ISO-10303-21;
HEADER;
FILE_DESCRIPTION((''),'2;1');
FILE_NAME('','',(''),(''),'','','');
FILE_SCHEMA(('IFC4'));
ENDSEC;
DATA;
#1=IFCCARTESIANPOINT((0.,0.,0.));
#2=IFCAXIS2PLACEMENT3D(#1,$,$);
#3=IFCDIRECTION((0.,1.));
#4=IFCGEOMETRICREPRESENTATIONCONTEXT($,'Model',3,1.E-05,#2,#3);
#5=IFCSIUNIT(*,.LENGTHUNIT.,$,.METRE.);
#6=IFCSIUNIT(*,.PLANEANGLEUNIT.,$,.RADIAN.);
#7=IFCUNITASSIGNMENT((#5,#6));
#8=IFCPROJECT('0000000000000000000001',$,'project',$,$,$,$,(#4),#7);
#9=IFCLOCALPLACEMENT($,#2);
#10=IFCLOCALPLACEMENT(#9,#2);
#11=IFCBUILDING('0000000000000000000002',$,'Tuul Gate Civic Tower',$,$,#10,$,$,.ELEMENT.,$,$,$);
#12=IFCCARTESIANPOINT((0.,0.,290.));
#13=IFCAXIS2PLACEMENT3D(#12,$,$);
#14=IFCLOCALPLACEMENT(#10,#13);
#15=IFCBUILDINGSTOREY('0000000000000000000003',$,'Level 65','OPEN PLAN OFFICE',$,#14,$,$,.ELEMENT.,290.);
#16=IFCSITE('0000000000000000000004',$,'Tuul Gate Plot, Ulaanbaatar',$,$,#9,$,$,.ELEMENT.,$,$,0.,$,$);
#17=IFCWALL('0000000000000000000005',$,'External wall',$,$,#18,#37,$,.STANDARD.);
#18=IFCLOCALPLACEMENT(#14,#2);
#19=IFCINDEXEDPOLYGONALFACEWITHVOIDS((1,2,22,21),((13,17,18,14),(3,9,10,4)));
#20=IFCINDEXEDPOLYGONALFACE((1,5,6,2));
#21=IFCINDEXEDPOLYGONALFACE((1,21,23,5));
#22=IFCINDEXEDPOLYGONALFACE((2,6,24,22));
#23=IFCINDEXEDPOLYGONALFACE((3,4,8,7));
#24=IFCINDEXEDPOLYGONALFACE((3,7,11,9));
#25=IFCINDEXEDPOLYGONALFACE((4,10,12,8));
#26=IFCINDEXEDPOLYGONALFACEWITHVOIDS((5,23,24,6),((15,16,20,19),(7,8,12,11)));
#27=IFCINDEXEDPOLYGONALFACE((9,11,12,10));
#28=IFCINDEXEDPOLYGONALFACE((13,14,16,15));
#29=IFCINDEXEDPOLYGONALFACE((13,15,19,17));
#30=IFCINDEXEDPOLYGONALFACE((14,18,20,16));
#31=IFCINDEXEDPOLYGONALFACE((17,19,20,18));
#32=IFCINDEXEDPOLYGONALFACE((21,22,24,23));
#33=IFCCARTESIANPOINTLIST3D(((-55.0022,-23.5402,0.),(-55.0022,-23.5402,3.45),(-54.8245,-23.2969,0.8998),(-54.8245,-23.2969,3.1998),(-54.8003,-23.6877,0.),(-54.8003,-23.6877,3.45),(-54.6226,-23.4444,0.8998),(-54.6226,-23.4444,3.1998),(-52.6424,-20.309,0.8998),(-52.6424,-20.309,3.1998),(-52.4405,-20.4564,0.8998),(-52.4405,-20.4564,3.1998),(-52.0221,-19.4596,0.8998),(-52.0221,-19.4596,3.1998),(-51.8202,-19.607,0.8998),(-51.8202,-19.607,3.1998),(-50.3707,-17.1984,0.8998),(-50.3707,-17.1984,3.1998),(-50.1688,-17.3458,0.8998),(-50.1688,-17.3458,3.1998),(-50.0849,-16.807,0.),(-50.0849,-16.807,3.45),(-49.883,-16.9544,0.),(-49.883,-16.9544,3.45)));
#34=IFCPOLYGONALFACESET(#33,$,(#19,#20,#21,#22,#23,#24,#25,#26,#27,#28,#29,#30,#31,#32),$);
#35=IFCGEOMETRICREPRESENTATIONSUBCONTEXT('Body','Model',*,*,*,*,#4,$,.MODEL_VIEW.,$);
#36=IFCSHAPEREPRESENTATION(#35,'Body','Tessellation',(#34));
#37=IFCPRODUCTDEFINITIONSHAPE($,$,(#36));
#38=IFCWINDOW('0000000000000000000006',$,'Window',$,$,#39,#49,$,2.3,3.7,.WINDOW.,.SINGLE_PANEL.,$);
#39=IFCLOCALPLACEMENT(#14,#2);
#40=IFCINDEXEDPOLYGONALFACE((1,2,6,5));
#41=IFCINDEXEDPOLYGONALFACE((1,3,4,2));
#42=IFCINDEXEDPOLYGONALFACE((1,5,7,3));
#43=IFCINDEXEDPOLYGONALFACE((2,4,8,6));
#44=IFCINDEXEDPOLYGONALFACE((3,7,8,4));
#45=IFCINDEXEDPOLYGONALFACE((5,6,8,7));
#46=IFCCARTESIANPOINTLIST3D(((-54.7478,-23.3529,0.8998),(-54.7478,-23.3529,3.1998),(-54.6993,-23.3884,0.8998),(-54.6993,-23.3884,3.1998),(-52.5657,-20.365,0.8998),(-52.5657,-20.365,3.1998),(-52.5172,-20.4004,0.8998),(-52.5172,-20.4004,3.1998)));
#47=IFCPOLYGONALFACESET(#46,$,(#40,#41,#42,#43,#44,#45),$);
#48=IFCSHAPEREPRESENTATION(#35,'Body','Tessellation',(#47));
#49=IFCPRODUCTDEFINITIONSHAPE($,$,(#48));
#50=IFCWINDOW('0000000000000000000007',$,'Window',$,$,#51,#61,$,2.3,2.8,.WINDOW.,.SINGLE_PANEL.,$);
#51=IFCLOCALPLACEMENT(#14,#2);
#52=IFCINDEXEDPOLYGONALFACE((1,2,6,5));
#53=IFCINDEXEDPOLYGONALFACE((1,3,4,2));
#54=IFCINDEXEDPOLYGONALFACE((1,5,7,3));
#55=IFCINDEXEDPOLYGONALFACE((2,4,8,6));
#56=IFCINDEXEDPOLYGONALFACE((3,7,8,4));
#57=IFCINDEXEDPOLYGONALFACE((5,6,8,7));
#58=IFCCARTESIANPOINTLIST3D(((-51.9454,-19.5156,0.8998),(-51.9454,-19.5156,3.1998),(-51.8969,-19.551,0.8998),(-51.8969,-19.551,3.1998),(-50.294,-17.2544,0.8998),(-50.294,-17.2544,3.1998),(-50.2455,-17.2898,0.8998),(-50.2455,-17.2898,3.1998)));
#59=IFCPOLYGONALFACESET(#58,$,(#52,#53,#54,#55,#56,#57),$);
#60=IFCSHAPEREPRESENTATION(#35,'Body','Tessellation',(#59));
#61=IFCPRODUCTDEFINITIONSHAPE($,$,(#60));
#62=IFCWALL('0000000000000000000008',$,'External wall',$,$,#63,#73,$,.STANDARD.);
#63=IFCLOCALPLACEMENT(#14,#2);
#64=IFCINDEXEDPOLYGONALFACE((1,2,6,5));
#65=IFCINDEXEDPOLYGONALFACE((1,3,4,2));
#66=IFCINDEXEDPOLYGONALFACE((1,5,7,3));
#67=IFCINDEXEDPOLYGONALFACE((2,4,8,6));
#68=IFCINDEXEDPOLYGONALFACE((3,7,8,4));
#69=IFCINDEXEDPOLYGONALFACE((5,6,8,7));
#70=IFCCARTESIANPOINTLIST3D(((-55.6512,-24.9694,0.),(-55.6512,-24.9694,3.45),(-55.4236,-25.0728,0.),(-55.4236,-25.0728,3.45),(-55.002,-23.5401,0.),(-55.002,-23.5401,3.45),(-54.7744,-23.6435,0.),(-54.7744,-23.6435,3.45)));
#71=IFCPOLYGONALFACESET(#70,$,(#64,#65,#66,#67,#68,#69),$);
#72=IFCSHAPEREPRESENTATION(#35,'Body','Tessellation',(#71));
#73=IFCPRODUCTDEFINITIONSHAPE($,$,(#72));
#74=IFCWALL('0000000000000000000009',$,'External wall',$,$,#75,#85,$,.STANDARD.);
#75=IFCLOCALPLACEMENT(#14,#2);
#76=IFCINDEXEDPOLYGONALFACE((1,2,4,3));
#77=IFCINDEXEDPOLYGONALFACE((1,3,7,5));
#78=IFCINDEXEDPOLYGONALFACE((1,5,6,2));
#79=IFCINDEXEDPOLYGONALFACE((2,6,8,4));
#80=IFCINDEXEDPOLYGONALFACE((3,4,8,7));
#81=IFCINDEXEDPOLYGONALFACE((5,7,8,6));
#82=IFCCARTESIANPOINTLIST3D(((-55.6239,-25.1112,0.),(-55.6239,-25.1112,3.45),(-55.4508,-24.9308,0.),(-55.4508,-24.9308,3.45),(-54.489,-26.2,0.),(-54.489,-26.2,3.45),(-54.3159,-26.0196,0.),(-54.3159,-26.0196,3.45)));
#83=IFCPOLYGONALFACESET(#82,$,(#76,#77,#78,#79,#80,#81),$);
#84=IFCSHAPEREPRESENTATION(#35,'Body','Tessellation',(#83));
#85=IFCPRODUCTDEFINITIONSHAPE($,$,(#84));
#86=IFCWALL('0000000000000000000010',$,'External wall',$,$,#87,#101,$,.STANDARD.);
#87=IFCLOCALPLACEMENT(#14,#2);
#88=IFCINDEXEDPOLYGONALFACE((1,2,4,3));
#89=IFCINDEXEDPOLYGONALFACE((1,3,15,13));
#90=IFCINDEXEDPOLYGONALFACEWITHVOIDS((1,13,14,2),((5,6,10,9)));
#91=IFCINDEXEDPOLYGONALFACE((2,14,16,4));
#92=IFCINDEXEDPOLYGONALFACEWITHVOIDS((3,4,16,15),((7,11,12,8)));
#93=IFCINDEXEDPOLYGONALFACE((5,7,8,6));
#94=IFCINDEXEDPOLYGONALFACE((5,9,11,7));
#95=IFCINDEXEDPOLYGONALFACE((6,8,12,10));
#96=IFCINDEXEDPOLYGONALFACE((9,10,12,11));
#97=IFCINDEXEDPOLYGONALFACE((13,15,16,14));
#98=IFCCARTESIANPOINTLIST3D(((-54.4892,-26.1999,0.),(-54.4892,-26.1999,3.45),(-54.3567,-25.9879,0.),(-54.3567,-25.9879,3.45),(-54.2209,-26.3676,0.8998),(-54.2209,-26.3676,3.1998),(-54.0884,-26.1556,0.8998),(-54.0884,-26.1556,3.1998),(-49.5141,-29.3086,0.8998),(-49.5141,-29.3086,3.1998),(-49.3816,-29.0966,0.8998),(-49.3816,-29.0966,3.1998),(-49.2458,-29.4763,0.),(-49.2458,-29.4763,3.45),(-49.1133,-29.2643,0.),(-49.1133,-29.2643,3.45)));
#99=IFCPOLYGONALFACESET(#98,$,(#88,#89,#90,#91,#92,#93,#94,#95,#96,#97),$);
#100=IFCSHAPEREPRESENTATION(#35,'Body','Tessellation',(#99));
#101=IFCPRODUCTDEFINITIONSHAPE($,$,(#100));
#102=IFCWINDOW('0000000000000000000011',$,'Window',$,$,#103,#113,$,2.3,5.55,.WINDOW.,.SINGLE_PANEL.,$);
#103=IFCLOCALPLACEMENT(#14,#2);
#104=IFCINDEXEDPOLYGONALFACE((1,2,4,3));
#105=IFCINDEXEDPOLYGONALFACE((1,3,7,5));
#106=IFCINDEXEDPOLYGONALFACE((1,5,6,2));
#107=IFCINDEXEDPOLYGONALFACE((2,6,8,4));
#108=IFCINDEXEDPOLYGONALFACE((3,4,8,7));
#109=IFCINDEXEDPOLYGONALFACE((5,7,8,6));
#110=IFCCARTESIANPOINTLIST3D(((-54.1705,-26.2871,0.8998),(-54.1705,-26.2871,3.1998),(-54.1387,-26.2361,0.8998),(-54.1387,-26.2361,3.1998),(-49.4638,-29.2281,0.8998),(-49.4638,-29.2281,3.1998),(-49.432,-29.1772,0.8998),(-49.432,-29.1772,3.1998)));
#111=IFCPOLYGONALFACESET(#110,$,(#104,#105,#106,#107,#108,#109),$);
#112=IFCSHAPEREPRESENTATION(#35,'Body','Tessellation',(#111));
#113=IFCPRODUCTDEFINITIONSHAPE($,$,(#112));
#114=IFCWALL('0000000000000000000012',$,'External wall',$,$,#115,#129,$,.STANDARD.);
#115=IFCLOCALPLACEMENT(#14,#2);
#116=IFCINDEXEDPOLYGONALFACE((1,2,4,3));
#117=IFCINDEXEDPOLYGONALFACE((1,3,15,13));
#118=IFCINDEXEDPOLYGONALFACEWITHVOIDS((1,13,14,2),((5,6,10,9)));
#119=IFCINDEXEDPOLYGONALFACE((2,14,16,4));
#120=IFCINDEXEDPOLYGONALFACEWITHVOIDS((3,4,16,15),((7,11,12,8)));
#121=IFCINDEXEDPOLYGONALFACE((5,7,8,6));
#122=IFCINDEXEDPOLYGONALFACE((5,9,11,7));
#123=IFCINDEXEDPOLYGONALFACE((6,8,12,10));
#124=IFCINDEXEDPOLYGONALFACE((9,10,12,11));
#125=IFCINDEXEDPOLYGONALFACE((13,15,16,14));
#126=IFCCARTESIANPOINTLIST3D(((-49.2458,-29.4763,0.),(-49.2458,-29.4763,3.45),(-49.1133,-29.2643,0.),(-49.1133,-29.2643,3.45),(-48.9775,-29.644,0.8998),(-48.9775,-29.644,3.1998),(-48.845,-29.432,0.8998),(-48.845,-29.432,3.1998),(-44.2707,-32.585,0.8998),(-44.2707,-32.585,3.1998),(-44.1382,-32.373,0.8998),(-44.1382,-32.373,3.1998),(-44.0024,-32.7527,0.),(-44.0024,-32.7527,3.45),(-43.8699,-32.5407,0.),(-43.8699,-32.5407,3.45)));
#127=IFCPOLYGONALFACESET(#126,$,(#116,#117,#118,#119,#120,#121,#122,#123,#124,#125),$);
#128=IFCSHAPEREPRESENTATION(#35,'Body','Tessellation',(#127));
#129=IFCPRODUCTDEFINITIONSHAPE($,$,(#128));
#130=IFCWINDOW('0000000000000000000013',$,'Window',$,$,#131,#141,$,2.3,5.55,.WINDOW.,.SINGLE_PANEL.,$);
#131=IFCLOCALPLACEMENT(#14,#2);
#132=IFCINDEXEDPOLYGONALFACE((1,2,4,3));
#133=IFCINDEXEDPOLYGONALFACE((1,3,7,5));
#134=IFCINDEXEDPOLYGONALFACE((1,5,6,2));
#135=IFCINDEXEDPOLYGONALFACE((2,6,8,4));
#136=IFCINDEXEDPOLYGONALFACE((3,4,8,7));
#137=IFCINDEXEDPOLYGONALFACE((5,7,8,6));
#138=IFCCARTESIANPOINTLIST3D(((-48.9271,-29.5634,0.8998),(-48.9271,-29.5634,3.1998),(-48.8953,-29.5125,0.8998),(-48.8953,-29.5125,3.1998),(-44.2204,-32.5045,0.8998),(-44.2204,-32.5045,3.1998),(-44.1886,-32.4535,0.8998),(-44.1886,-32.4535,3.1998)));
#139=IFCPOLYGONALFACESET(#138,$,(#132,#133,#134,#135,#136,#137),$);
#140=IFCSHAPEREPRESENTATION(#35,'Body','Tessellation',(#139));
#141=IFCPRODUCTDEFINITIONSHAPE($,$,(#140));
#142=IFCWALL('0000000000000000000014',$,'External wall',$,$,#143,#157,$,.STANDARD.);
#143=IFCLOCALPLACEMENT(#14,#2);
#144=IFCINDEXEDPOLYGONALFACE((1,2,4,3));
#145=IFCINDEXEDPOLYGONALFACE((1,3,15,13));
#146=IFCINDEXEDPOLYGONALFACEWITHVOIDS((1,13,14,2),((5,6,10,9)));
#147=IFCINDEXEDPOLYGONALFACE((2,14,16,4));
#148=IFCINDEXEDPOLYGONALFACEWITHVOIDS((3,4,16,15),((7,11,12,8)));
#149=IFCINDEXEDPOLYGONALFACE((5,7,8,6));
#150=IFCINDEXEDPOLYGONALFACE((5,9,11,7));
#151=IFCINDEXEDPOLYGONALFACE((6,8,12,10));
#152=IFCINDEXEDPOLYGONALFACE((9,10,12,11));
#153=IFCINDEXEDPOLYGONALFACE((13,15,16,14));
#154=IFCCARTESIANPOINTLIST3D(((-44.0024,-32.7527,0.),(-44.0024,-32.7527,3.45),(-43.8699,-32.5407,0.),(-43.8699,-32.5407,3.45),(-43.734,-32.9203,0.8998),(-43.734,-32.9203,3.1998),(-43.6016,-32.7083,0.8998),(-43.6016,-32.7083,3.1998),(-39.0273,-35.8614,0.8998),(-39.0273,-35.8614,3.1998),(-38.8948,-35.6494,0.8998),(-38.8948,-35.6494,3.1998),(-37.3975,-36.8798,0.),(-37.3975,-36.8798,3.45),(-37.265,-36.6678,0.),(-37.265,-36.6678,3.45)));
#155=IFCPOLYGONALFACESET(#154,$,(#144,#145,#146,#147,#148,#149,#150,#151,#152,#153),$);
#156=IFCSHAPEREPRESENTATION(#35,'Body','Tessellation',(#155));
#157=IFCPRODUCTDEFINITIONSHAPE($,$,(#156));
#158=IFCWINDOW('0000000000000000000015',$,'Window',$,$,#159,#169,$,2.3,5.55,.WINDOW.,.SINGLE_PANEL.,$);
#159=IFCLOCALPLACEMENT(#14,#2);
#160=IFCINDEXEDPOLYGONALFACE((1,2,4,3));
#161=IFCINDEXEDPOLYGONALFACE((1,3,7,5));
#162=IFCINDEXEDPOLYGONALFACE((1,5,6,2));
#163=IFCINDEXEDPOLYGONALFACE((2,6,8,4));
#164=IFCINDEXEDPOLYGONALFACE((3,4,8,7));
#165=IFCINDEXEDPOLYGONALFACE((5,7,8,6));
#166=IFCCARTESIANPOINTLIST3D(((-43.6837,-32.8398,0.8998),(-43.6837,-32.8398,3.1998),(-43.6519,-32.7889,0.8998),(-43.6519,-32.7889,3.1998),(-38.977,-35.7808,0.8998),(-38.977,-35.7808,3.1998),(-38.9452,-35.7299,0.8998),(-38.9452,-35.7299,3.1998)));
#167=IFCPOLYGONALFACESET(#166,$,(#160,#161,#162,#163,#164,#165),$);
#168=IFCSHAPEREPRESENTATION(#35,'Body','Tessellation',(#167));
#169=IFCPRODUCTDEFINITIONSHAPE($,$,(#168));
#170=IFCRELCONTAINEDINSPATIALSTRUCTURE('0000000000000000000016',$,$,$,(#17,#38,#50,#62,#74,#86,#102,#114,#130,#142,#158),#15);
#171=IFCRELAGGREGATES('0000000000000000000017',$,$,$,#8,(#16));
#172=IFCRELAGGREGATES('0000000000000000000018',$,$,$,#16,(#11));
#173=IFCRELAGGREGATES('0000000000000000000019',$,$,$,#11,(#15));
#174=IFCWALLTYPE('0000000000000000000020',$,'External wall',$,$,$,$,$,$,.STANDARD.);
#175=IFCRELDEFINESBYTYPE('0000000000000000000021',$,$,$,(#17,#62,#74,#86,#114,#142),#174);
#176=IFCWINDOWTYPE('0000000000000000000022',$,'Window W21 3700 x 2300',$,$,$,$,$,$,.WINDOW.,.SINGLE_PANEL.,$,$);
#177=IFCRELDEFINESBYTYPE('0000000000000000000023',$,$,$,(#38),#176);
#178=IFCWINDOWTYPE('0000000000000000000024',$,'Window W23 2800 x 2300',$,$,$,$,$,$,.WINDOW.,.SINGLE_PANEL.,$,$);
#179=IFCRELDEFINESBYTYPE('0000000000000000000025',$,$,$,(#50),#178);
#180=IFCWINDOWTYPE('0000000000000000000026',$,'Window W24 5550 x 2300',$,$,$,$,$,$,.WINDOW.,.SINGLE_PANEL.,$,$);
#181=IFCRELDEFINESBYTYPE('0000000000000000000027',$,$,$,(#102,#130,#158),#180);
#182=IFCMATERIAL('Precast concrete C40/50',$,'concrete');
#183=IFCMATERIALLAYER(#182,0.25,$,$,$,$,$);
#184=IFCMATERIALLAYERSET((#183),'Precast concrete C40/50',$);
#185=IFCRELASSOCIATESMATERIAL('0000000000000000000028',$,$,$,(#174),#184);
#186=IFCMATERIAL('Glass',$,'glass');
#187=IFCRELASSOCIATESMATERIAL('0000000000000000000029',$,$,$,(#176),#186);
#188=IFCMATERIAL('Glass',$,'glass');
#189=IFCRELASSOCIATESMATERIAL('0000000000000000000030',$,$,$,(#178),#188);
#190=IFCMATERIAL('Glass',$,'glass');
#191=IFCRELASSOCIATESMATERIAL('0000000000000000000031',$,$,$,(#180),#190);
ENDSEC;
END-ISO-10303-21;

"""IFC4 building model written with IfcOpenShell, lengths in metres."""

from ifc_helpers import new_model, si_unit, direction, frame, frame_2d, origin, place, context, subcontext, project, spatial, rectangle, extrude, material, layer, layer_set, type_object, element, fill, save


model = new_model("IFC4")

# Units and contexts
model_context = context("Model", 3, precision=1e-05, world=origin(), true_north=direction((0.0, 1.0)))
body_context = subcontext(model_context, "Body", "Model", "MODEL_VIEW")
ifc_project = project(units=[si_unit("LENGTHUNIT", "METRE"), si_unit("PLANEANGLEUNIT", "RADIAN")], contexts=[model_context])

# Site, building, storey
site_placement = place(None, origin())
site = spatial("IfcSite", under=ifc_project, at=site_placement, Name="Tuul Gate Plot, Ulaanbaatar", CompositionType="ELEMENT", RefElevation=0.0)
building_placement = place(site_placement, origin())
building = spatial("IfcBuilding", under=site, at=building_placement, Name="Tuul Gate Civic Tower", CompositionType="ELEMENT")
storey_placement = place(building_placement, frame((0.0, 0.0, 290.0)))
storey = spatial("IfcBuildingStorey", under=building, at=storey_placement, Name="Level 65", Description="OPEN PLAN OFFICE", CompositionType="ELEMENT", Elevation=290.0)

# Wall, openings, windows
ifc_material_1 = material(Name="Precast concrete C40/50", Category="concrete")
ifc_layer_1 = layer(ifc_material_1, 0.25)
ifc_layer_set_1 = layer_set([ifc_layer_1], Name="Precast concrete C40/50")
wall_type_1 = type_object("IfcWallType", Name="External wall", PredefinedType="STANDARD", material=ifc_layer_set_1)
wall_1_placement = place(storey_placement, frame((-49.9839, -16.8806, 0.0), z_axis=(0.0, 0.0, 1.0), x_axis=(-0.589771, -0.807571, 0.0)))
wall_1 = element("IfcWall", 1, at=wall_1_placement, inside=storey, type_object=wall_type_1, Name="External wall", PredefinedType="STANDARD", context=body_context, shape_type="SweptSolid", body=[
    extrude(rectangle(XDim=8.3376, YDim=0.25, at=frame_2d((4.1689, 0.0))), origin(), (0.0, 0.0, 1.0), 3.45),
])
opening_1_placement = place(wall_1_placement, frame((0.4849, 0.0, 0.8999)))
opening_1 = element("IfcOpeningElement", 2, at=opening_1_placement, cuts=wall_1, PredefinedType="OPENING", context=body_context, shape_type="SweptSolid", body=[
    extrude(rectangle(XDim=2.8, YDim=2.3, at=frame_2d((1.3999, 1.1499))), frame((0.0, 0.135, 0.0), z_axis=(0.0, -1.0, 0.0), x_axis=(1.0, 0.0, 0.0)), (0.0, 0.0, 1.0), 0.27),
])
opening_2_placement = place(wall_1_placement, frame((4.3364, 0.0, 0.8999)))
opening_2 = element("IfcOpeningElement", 3, at=opening_2_placement, cuts=wall_1, PredefinedType="OPENING", context=body_context, shape_type="SweptSolid", body=[
    extrude(rectangle(XDim=3.7, YDim=2.3, at=frame_2d((1.8501, 1.1499))), frame((0.0, 0.135, 0.0), z_axis=(0.0, -1.0, 0.0), x_axis=(1.0, 0.0, 0.0)), (0.0, 0.0, 1.0), 0.27),
])
ifc_material_2 = material(Name="Glass", Category="glass")
window_type_1 = type_object("IfcWindowType", Name="Window W21 3700 x 2300", PartitioningType="SINGLE_PANEL", PredefinedType="WINDOW", material=ifc_material_2)
window_1_placement = place(opening_2_placement, origin())
window_1 = element("IfcWindow", 4, at=window_1_placement, inside=storey, type_object=window_type_1, Name="Window", OverallHeight=2.3, OverallWidth=3.7, PartitioningType="SINGLE_PANEL", PredefinedType="WINDOW", context=body_context, shape_type="SweptSolid", body=[
    extrude(rectangle(XDim=3.7, YDim=2.3, at=frame_2d((1.8501, 1.1499))), frame((0.0, 0.03, 0.0), z_axis=(0.0, -1.0, 0.0), x_axis=(1.0, 0.0, 0.0)), (0.0, 0.0, 1.0), 0.0601),
])
fill(opening_2, window_1)
ifc_material_3 = material(Name="Glass", Category="glass")
window_type_2 = type_object("IfcWindowType", Name="Window W23 2800 x 2300", PartitioningType="SINGLE_PANEL", PredefinedType="WINDOW", material=ifc_material_3)
window_2_placement = place(opening_1_placement, origin())
window_2 = element("IfcWindow", 5, at=window_2_placement, inside=storey, type_object=window_type_2, Name="Window", OverallHeight=2.3, OverallWidth=2.8, PartitioningType="SINGLE_PANEL", PredefinedType="WINDOW", context=body_context, shape_type="SweptSolid", body=[
    extrude(rectangle(XDim=2.8, YDim=2.3, at=frame_2d((1.3999, 1.1499))), frame((0.0, 0.03, 0.0), z_axis=(0.0, -1.0, 0.0), x_axis=(1.0, 0.0, 0.0)), (0.0, 0.0, 1.0), 0.0601),
])
fill(opening_1, window_2)

# Walls
wall_2_placement = place(storey_placement, frame((-54.8882, -23.5918, 0.0), z_axis=(0.0, 0.0, 1.0), x_axis=(-0.413557, -0.910478, 0.0)))
element("IfcWall", 6, at=wall_2_placement, inside=storey, type_object=wall_type_1, Name="External wall", PredefinedType="STANDARD", context=body_context, shape_type="SweptSolid", body=[
    extrude(rectangle(XDim=1.5698, YDim=0.25, at=frame_2d((0.7849, 0.0))), origin(), (0.0, 0.0, 1.0), 3.45),
])
wall_3_placement = place(storey_placement, frame((-55.5374, -25.021, 0.0), z_axis=(0.0, 0.0, 1.0), x_axis=(0.721623, -0.692286, 0.0)))
element("IfcWall", 7, at=wall_3_placement, inside=storey, type_object=wall_type_1, Name="External wall", PredefinedType="STANDARD", context=body_context, shape_type="SweptSolid", body=[
    extrude(rectangle(XDim=1.5728, YDim=0.25, at=frame_2d((0.7864, 0.0))), origin(), (0.0, 0.0, 1.0), 3.45),
])

# Walls, openings, windows
wall_4_placement = place(storey_placement, frame((-54.4229, -26.094, 0.0), z_axis=(0.0, 0.0, 1.0), x_axis=(0.848054, -0.52991, 0.0)))
wall_4 = element("IfcWall", 8, at=wall_4_placement, inside=storey, type_object=wall_type_1, Name="External wall", PredefinedType="STANDARD", context=body_context, shape_type="SweptSolid", body=[
    extrude(rectangle(XDim=6.1829, YDim=0.25, at=frame_2d((3.0913, 0.0))), origin(), (0.0, 0.0, 1.0), 3.45),
])
opening_3_placement = place(wall_4_placement, frame((0.3164, 0.0, 0.8999)))
opening_3 = element("IfcOpeningElement", 9, at=opening_3_placement, cuts=wall_4, PredefinedType="OPENING", context=body_context, shape_type="SweptSolid", body=[
    extrude(rectangle(XDim=5.55, YDim=2.3, at=frame_2d((2.7749, 1.1499))), frame((0.0, 0.135, 0.0), z_axis=(0.0, -1.0, 0.0), x_axis=(1.0, 0.0, 0.0)), (0.0, 0.0, 1.0), 0.27),
])
ifc_material_4 = material(Name="Glass", Category="glass")
window_type_3 = type_object("IfcWindowType", Name="Window W24 5550 x 2300", PartitioningType="SINGLE_PANEL", PredefinedType="WINDOW", material=ifc_material_4)
window_3_placement = place(opening_3_placement, origin())
window_3 = element("IfcWindow", 10, at=window_3_placement, inside=storey, type_object=window_type_3, Name="Window", OverallHeight=2.3, OverallWidth=5.55, PartitioningType="SINGLE_PANEL", PredefinedType="WINDOW", context=body_context, shape_type="SweptSolid", body=[
    extrude(rectangle(XDim=5.55, YDim=2.3, at=frame_2d((2.7749, 1.1499))), frame((0.0, 0.03, 0.0), z_axis=(0.0, -1.0, 0.0), x_axis=(1.0, 0.0, 0.0)), (0.0, 0.0, 1.0), 0.0601),
])
fill(opening_3, window_3)
wall_5_placement = place(storey_placement, frame((-49.1794, -29.3704, 0.0), z_axis=(0.0, 0.0, 1.0), x_axis=(0.848054, -0.52991, 0.0)))
wall_5 = element("IfcWall", 11, at=wall_5_placement, inside=storey, type_object=wall_type_1, Name="External wall", PredefinedType="STANDARD", context=body_context, shape_type="SweptSolid", body=[
    extrude(rectangle(XDim=6.1829, YDim=0.25, at=frame_2d((3.0913, 0.0))), origin(), (0.0, 0.0, 1.0), 3.45),
])
opening_4_placement = place(wall_5_placement, frame((0.3164, 0.0, 0.8999)))
opening_4 = element("IfcOpeningElement", 12, at=opening_4_placement, cuts=wall_5, PredefinedType="OPENING", context=body_context, shape_type="SweptSolid", body=[
    extrude(rectangle(XDim=5.55, YDim=2.3, at=frame_2d((2.7749, 1.1499))), frame((0.0, 0.135, 0.0), z_axis=(0.0, -1.0, 0.0), x_axis=(1.0, 0.0, 0.0)), (0.0, 0.0, 1.0), 0.27),
])
window_4_placement = place(opening_4_placement, origin())
window_4 = element("IfcWindow", 13, at=window_4_placement, inside=storey, type_object=window_type_3, Name="Window", OverallHeight=2.3, OverallWidth=5.55, PartitioningType="SINGLE_PANEL", PredefinedType="WINDOW", context=body_context, shape_type="SweptSolid", body=[
    extrude(rectangle(XDim=5.55, YDim=2.3, at=frame_2d((2.7749, 1.1499))), frame((0.0, 0.03, 0.0), z_axis=(0.0, -1.0, 0.0), x_axis=(1.0, 0.0, 0.0)), (0.0, 0.0, 1.0), 0.0601),
])
fill(opening_4, window_4)
wall_6_placement = place(storey_placement, frame((-43.936, -32.6467, 0.0), z_axis=(0.0, 0.0, 1.0), x_axis=(0.848051, -0.529914, 0.0)))
wall_6 = element("IfcWall", 14, at=wall_6_placement, inside=storey, type_object=wall_type_1, Name="External wall", PredefinedType="STANDARD", context=body_context, shape_type="SweptSolid", body=[
    extrude(rectangle(XDim=7.7883, YDim=0.25, at=frame_2d((3.894, 0.0))), origin(), (0.0, 0.0, 1.0), 3.45),
])
opening_5_placement = place(wall_6_placement, frame((0.3164, 0.0, 0.8999)))
opening_5 = element("IfcOpeningElement", 15, at=opening_5_placement, cuts=wall_6, PredefinedType="OPENING", context=body_context, shape_type="SweptSolid", body=[
    extrude(rectangle(XDim=5.55, YDim=2.3, at=frame_2d((2.7749, 1.1499))), frame((0.0, 0.135, 0.0), z_axis=(0.0, -1.0, 0.0), x_axis=(1.0, 0.0, 0.0)), (0.0, 0.0, 1.0), 0.27),
])
window_5_placement = place(opening_5_placement, origin())
window_5 = element("IfcWindow", 16, at=window_5_placement, inside=storey, type_object=window_type_3, Name="Window", OverallHeight=2.3, OverallWidth=5.55, PartitioningType="SINGLE_PANEL", PredefinedType="WINDOW", context=body_context, shape_type="SweptSolid", body=[
    extrude(rectangle(XDim=5.55, YDim=2.3, at=frame_2d((2.7749, 1.1499))), frame((0.0, 0.03, 0.0), z_axis=(0.0, -1.0, 0.0), x_axis=(1.0, 0.0, 0.0)), (0.0, 0.0, 1.0), 0.0601),
])
fill(opening_5, window_5)

save(model, "model.ifc")
